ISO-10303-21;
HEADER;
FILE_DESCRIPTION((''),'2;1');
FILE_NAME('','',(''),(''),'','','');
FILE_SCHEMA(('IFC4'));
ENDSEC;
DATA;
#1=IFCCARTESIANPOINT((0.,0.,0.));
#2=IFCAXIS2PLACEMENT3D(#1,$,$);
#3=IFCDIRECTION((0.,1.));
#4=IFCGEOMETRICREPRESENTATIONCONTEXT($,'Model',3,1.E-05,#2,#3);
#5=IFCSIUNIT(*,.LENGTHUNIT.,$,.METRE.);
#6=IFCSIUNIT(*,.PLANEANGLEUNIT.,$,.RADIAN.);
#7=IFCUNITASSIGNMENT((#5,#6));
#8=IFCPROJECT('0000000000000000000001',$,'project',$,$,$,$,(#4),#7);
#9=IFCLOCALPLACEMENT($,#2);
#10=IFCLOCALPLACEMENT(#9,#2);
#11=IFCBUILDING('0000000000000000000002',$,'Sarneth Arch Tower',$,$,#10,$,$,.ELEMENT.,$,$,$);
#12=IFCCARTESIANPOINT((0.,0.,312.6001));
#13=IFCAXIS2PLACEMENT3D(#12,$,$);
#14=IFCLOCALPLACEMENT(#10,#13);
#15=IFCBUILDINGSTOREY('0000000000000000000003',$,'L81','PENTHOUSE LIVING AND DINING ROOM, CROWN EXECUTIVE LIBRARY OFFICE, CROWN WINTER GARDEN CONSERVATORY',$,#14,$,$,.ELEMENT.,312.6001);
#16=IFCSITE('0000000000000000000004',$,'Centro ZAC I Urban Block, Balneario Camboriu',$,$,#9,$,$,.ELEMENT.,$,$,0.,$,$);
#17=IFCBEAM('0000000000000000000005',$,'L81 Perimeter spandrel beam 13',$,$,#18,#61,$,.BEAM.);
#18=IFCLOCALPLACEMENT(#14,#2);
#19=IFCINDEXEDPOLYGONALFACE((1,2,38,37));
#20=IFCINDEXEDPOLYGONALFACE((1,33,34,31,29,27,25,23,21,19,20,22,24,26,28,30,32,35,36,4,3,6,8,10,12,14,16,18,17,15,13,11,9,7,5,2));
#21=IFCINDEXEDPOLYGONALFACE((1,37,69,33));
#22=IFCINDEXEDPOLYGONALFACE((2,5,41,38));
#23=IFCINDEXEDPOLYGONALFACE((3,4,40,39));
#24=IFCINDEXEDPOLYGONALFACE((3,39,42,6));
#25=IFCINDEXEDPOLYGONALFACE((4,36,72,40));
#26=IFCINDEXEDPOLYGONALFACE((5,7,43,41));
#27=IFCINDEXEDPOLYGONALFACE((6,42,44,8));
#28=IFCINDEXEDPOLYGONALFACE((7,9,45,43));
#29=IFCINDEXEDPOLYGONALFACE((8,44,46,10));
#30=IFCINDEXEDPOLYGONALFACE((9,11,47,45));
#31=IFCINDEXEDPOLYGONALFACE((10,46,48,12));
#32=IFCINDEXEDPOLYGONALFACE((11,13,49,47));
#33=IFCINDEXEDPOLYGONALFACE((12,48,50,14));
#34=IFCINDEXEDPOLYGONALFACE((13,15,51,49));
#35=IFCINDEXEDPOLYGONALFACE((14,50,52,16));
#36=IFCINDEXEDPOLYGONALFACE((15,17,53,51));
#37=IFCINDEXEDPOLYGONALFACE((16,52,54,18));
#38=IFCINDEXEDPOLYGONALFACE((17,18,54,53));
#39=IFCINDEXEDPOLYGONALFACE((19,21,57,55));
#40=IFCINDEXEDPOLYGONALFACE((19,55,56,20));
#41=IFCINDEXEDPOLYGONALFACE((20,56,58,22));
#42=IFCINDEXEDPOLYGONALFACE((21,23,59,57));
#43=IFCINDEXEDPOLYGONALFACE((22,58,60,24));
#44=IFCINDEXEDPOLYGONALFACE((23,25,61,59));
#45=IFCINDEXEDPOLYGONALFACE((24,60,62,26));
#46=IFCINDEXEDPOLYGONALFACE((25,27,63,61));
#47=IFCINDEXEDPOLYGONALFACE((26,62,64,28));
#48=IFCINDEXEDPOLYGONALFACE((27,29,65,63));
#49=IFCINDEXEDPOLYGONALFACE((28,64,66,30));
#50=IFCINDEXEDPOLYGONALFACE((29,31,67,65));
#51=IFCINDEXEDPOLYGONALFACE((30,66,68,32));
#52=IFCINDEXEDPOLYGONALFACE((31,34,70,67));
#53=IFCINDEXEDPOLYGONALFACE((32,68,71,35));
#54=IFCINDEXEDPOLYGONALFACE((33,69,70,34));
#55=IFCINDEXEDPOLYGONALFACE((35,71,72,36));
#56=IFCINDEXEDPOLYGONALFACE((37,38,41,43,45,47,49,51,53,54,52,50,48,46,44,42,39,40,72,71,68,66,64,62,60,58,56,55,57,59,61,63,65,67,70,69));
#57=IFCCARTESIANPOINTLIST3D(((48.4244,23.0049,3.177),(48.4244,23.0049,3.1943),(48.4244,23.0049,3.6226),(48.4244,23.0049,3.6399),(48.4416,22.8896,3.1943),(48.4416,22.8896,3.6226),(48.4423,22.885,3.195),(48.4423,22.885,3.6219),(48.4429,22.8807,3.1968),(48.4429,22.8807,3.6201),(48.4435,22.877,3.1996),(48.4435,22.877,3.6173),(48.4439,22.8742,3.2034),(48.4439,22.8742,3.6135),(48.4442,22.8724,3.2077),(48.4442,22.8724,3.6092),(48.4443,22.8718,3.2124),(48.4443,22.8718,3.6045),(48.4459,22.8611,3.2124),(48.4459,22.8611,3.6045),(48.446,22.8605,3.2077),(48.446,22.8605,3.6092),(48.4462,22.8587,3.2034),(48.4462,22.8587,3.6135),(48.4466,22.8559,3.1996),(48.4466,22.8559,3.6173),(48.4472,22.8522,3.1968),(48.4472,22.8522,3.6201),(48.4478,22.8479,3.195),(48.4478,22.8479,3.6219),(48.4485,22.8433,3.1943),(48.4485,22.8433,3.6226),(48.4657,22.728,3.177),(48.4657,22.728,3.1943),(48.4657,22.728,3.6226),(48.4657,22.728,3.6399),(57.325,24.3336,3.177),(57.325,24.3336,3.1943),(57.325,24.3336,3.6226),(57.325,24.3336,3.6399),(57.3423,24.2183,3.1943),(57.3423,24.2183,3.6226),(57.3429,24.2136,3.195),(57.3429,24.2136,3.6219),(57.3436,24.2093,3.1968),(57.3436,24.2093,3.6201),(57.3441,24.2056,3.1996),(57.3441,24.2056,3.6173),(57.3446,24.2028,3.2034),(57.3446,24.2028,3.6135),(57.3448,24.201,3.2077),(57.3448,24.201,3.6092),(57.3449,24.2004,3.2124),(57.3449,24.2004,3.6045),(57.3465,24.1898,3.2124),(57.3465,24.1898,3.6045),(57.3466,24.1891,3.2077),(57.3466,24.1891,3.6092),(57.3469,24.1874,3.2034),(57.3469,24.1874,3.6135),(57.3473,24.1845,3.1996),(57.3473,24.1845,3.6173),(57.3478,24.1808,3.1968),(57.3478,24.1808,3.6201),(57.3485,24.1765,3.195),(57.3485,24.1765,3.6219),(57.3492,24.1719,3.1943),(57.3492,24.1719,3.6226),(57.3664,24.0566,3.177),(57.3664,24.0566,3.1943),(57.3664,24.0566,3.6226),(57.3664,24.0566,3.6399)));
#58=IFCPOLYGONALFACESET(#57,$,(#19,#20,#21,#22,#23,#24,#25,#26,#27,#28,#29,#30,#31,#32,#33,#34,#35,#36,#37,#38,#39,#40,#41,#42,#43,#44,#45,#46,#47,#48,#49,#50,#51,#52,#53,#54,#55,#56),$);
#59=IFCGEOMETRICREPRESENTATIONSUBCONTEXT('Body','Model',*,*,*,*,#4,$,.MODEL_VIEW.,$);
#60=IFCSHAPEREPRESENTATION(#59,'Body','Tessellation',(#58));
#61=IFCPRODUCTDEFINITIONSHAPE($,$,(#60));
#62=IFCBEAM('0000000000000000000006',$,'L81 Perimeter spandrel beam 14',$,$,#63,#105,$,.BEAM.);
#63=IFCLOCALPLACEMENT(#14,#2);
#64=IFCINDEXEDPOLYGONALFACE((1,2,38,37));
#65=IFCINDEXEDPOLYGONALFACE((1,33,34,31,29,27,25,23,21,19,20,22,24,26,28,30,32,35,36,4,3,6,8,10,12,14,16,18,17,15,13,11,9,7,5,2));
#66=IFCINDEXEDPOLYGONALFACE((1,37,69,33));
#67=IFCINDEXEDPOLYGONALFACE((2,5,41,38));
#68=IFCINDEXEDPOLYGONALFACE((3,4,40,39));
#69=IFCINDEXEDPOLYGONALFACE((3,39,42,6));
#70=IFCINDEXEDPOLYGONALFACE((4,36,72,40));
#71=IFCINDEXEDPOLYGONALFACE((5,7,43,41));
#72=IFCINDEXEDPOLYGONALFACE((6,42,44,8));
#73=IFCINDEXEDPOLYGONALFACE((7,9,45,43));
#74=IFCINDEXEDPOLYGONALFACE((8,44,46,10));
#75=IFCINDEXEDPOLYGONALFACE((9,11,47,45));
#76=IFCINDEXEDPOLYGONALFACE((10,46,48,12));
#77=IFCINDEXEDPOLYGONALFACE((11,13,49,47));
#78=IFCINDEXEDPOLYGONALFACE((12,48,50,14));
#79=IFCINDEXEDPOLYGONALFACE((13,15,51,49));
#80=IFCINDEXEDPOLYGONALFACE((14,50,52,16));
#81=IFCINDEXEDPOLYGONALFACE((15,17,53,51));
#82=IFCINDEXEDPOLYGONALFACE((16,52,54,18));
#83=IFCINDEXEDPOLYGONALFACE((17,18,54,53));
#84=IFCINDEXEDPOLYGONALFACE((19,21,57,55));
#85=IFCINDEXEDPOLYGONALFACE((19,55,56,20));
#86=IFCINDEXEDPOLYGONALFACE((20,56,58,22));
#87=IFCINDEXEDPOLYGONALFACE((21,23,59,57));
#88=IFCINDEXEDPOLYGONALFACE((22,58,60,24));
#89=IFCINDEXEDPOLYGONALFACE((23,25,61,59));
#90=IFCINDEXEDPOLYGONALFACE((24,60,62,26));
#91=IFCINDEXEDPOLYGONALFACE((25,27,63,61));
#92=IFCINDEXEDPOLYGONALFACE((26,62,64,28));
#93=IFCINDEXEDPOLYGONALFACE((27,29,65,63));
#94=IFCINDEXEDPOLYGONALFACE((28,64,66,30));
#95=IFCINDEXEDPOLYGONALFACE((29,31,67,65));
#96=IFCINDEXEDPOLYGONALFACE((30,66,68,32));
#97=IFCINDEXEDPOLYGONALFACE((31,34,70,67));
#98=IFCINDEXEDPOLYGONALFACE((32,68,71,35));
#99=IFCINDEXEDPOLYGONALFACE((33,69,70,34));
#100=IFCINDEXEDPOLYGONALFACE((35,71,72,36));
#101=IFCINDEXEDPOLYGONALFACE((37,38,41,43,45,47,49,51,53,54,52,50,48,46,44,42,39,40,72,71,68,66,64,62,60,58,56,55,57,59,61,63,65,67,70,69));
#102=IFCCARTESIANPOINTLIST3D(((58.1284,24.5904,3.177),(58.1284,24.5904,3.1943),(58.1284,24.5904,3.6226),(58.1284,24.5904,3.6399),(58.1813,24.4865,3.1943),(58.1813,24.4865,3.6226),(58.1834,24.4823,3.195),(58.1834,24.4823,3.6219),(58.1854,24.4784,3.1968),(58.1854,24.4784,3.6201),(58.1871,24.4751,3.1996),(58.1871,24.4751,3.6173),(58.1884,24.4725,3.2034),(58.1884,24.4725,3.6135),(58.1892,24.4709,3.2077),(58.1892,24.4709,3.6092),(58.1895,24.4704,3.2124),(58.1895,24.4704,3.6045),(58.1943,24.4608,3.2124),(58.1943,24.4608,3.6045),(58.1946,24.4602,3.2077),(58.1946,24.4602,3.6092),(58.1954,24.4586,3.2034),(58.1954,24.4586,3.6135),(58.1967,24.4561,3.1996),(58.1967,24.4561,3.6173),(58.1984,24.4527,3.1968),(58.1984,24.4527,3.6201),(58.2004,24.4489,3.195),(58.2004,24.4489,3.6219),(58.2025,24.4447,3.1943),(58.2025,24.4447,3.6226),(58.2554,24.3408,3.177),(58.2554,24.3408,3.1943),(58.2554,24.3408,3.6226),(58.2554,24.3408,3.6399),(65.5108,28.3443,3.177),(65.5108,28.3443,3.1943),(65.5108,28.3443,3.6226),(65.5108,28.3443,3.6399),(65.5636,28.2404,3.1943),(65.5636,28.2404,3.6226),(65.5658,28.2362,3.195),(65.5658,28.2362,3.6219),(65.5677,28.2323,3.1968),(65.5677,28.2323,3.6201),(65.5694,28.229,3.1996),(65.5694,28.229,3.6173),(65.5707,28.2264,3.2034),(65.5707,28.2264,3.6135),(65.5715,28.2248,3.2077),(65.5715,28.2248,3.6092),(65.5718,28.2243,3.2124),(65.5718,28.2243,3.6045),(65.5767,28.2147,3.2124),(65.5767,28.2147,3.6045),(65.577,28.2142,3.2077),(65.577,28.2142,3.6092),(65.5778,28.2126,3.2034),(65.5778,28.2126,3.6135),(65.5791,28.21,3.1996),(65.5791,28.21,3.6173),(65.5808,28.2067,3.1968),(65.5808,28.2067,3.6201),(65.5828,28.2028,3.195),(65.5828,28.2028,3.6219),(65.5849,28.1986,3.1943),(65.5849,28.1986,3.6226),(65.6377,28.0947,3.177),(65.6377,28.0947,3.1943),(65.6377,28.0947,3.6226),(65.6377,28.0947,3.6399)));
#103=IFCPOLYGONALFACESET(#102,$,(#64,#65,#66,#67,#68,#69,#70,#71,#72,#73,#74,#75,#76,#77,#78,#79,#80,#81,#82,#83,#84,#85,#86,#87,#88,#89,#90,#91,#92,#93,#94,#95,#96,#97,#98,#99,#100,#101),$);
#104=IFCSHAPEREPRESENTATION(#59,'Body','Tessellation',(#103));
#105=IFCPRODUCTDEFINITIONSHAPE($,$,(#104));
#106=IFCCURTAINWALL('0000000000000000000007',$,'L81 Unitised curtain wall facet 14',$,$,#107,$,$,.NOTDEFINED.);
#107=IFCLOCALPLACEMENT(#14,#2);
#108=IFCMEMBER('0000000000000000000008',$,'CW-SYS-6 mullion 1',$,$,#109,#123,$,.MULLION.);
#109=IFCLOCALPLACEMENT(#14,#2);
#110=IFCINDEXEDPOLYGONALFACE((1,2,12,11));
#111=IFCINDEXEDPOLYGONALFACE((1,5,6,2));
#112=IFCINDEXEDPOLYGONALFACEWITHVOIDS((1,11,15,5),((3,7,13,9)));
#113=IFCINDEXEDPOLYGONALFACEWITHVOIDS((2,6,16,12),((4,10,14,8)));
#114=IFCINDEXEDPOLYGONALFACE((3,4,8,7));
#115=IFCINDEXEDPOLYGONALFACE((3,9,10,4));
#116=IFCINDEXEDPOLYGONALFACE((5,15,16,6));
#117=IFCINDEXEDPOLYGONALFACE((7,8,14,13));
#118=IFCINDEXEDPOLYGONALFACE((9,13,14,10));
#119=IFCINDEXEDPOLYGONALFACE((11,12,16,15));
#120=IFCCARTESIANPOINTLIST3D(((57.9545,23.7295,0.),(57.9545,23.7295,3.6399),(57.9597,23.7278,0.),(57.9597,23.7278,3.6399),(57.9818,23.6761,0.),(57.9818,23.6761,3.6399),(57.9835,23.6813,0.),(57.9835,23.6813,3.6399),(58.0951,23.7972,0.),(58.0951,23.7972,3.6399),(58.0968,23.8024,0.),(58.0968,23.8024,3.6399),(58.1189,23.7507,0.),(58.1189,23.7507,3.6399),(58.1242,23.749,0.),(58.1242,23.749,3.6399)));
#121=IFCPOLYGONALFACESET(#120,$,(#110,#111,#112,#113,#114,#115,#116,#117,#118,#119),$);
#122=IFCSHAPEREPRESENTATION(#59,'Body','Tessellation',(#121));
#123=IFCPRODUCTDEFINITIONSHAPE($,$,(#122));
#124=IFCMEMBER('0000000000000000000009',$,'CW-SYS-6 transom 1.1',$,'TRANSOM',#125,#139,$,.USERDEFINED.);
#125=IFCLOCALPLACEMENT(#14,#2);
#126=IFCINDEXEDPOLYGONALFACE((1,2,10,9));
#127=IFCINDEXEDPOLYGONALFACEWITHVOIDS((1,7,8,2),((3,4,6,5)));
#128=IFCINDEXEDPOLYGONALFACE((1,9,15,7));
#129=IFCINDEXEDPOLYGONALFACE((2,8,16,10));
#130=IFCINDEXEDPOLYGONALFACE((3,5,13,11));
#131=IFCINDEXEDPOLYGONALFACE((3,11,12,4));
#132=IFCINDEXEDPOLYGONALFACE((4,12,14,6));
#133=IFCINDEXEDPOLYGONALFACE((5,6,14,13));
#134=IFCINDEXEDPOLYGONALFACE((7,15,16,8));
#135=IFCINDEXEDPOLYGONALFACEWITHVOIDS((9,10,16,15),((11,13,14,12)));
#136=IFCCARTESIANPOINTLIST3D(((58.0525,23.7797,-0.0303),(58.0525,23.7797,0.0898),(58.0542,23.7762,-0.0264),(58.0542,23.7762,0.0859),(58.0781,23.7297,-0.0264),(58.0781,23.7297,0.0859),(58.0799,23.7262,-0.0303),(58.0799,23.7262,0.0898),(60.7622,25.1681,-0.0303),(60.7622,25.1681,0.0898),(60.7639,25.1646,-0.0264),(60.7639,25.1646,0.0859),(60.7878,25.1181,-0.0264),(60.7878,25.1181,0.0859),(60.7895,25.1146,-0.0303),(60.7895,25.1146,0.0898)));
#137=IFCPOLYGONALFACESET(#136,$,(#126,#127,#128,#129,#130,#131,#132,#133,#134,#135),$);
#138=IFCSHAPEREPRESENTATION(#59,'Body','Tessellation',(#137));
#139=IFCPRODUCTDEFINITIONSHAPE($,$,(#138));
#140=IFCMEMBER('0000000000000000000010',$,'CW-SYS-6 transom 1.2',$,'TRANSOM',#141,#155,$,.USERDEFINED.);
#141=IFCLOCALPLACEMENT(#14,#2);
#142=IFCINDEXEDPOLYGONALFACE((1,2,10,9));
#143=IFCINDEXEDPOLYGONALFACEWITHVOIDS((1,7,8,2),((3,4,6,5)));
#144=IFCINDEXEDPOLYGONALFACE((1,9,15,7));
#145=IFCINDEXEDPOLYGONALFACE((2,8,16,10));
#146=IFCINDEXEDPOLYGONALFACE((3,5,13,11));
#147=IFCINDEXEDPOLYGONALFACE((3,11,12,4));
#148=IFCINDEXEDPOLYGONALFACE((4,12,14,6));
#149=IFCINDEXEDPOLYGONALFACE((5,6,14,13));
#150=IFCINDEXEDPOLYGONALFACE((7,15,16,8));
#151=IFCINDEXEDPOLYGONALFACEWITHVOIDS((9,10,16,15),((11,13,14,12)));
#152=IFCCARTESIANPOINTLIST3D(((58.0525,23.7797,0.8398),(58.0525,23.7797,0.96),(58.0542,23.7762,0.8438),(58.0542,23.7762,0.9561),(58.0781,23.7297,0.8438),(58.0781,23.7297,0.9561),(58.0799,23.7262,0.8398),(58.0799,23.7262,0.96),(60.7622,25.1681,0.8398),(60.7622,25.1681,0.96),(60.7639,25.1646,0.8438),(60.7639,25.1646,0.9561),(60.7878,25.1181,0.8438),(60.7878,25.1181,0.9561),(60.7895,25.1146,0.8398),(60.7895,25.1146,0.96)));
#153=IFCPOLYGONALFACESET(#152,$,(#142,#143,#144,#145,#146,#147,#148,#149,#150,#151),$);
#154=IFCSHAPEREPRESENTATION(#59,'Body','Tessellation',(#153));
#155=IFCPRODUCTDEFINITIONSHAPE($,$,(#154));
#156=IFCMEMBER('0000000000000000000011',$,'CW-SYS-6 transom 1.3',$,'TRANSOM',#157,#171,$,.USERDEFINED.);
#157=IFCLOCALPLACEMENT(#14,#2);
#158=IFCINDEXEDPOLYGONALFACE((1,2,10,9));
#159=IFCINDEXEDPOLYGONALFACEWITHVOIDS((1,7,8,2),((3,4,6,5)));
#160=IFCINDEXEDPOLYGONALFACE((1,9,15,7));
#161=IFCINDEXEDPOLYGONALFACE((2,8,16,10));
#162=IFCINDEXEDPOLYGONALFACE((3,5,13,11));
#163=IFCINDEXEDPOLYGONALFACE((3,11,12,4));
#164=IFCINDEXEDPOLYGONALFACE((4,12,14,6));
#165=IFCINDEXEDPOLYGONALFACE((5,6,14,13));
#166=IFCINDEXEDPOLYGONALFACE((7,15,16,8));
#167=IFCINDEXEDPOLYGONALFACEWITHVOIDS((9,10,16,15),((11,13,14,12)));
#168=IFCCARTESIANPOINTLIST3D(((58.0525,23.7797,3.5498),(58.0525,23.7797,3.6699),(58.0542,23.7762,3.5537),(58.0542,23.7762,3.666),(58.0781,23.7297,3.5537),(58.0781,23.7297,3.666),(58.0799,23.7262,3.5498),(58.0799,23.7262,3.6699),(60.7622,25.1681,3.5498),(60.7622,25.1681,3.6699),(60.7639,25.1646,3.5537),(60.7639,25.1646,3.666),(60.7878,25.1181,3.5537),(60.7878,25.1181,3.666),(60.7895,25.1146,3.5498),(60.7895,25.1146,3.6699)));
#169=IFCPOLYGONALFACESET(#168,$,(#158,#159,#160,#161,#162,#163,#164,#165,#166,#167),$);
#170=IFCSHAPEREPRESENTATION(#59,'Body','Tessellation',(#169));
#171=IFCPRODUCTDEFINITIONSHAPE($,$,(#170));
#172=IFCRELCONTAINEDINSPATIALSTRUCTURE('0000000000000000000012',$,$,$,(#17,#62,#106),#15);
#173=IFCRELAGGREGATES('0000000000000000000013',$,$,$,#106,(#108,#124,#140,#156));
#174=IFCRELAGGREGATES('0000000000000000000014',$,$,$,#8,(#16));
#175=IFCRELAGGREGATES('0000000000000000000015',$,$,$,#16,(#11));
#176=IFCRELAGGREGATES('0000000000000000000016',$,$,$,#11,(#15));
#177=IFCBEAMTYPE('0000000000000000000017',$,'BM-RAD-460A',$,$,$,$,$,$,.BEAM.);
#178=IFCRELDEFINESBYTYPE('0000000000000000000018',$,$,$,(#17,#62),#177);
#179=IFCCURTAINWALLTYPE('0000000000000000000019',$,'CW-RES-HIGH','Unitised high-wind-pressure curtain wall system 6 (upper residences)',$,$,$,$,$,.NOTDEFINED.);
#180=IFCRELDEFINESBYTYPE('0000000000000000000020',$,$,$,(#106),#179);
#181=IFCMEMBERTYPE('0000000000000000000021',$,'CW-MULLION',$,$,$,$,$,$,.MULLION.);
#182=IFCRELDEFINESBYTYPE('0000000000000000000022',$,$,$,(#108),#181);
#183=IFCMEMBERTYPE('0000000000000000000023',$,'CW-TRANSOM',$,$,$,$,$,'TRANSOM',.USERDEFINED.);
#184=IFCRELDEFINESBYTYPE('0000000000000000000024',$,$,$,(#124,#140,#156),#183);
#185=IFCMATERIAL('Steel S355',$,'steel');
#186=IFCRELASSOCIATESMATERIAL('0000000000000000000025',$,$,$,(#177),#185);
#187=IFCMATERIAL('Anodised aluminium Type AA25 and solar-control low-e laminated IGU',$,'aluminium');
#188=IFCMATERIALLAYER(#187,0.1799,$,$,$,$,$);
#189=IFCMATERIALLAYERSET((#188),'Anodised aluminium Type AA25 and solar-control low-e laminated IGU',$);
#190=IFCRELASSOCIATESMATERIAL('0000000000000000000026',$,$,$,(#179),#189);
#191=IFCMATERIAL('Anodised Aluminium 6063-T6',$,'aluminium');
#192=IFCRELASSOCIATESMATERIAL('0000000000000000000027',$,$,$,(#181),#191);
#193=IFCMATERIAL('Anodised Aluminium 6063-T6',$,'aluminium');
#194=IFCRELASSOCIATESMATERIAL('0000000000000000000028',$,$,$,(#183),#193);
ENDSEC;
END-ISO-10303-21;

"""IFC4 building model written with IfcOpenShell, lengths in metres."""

from ifc_helpers import new_model, si_unit, direction, frame, origin, origin_2d, place, context, subcontext, project, spatial, hollow_rectangle, i_section, extrude, material, layer, layer_set, material_profile, profile_set, type_object, element, aggregate, save


model = new_model("IFC4")

# Units and contexts
model_context = context("Model", 3, precision=1e-05, world=origin(), true_north=direction((0.0, 1.0)))
body_context = subcontext(model_context, "Body", "Model", "MODEL_VIEW")
ifc_project = project(units=[si_unit("LENGTHUNIT", "METRE"), si_unit("PLANEANGLEUNIT", "RADIAN")], contexts=[model_context])

# Site, building, storey
site_placement = place(None, origin())
site = spatial("IfcSite", under=ifc_project, at=site_placement, Name="Centro ZAC I Urban Block, Balneario Camboriu", CompositionType="ELEMENT", RefElevation=0.0)
building_placement = place(site_placement, origin())
building = spatial("IfcBuilding", under=site, at=building_placement, Name="Sarneth Arch Tower", CompositionType="ELEMENT")
storey_placement = place(building_placement, frame((0.0, 0.0, 312.6001)))
storey = spatial("IfcBuildingStorey", under=building, at=storey_placement, Name="L81", Description="PENTHOUSE LIVING AND DINING ROOM, CROWN EXECUTIVE LIBRARY OFFICE, CROWN WINTER GARDEN CONSERVATORY", CompositionType="ELEMENT", Elevation=312.6001)

# Beams
ifc_material_1 = material(Name="Steel S355", Category="steel")
ifc_material_profile_1 = material_profile(ifc_material_1, i_section(OverallWidth=0.28, OverallDepth=0.4629, WebThickness=0.0107, FlangeThickness=0.0173, FilletRadius=0.0181, at=origin_2d()), Name="W460x113")
ifc_profile_set_1 = profile_set([ifc_material_profile_1], Name="Steel S355")
beam_type = type_object("IfcBeamType", Name="BM-RAD-460A", PredefinedType="BEAM", material=ifc_profile_set_1)
beam_1_placement = place(storey_placement, frame((48.4451, 22.8665, 3.4084), z_axis=(0.989042, 0.147636, 0.0), x_axis=(-0.147636, 0.989042, 0.0)))
element("IfcBeam", 1, at=beam_1_placement, inside=storey, type_object=beam_type, Name="L81 Perimeter spandrel beam 13", PredefinedType="BEAM", context=body_context, shape_type="SweptSolid", body=[
    extrude(i_section(OverallWidth=0.28, OverallDepth=0.4629, WebThickness=0.0107, FlangeThickness=0.0173, FilletRadius=0.0181, at=origin_2d()), origin(), (0.0, 0.0, 1.0), 8.9993),
])
beam_2_placement = place(storey_placement, frame((58.1919, 24.4656, 3.4084), z_axis=(0.891376, 0.453264, 0.0), x_axis=(-0.453264, 0.891376, 0.0)))
element("IfcBeam", 2, at=beam_2_placement, inside=storey, type_object=beam_type, Name="L81 Perimeter spandrel beam 14", PredefinedType="BEAM", context=body_context, shape_type="SweptSolid", body=[
    extrude(i_section(OverallWidth=0.28, OverallDepth=0.4629, WebThickness=0.0107, FlangeThickness=0.0173, FilletRadius=0.0181, at=origin_2d()), origin(), (0.0, 0.0, 1.0), 8.282),
])

# Curtain wall, members
ifc_material_2 = material(Name="Anodised aluminium Type AA25 and solar-control low-e laminated IGU", Category="aluminium")
ifc_layer_1 = layer(ifc_material_2, 0.1799)
ifc_layer_set_1 = layer_set([ifc_layer_1], Name="Anodised aluminium Type AA25 and solar-control low-e laminated IGU")
curtain_wall_type = type_object("IfcCurtainWallType", Name="CW-RES-HIGH", Description="Unitised high-wind-pressure curtain wall system 6 (upper residences)", PredefinedType="NOTDEFINED", material=ifc_layer_set_1)
curtain_wall_placement = place(storey_placement, origin())
curtain_wall = element("IfcCurtainWall", 3, at=curtain_wall_placement, inside=storey, type_object=curtain_wall_type, Name="L81 Unitised curtain wall facet 14", PredefinedType="NOTDEFINED")
ifc_material_3 = material(Name="Anodised Aluminium 6063-T6", Category="aluminium")
ifc_material_profile_2 = material_profile(ifc_material_3, hollow_rectangle(XDim=0.0601, YDim=0.1599, WallThickness=0.0039, at=origin_2d()), Name="AL-MULL-160x60x4")
ifc_profile_set_2 = profile_set([ifc_material_profile_2], Name="Anodised Aluminium 6063-T6")
member_type_1 = type_object("IfcMemberType", Name="CW-MULLION", PredefinedType="MULLION", material=ifc_profile_set_2)
member_1_placement = place(storey_placement, frame((58.0393, 23.7393, 0.0), z_axis=(0.0, 0.0, 1.0), x_axis=(-0.455942, 0.89001, 0.0)))
member_1 = element("IfcMember", 4, at=member_1_placement, type_object=member_type_1, Name="CW-SYS-6 mullion 1", PredefinedType="MULLION", context=body_context, shape_type="SweptSolid", body=[
    extrude(hollow_rectangle(XDim=0.0601, YDim=0.1599, WallThickness=0.0039, at=origin_2d()), origin(), (0.0, 0.0, 1.0), 3.6399),
])
ifc_material_4 = material(Name="Anodised Aluminium 6063-T6", Category="aluminium")
ifc_material_profile_3 = material_profile(ifc_material_4, hollow_rectangle(XDim=0.0601, YDim=0.1201, WallThickness=0.0039, at=origin_2d()), Name="AL-TRAN-120x60x4")
ifc_profile_set_3 = profile_set([ifc_material_profile_3], Name="Anodised Aluminium 6063-T6")
member_type_2 = type_object("IfcMemberType", Name="CW-TRANSOM", ElementType="TRANSOM", PredefinedType="USERDEFINED", material=ifc_profile_set_3)
member_2_placement = place(storey_placement, frame((58.0662, 23.7529, 0.0298), z_axis=(0.889974, 0.456012, 0.0), x_axis=(-0.456012, 0.889974, 0.0)))
member_2 = element("IfcMember", 5, at=member_2_placement, type_object=member_type_2, Name="CW-SYS-6 transom 1.1", ObjectType="TRANSOM", PredefinedType="USERDEFINED", context=body_context, shape_type="SweptSolid", body=[
    extrude(hollow_rectangle(XDim=0.0601, YDim=0.1201, WallThickness=0.0039, at=origin_2d()), origin(), (0.0, 0.0, 1.0), 3.0447),
])
member_3_placement = place(storey_placement, frame((58.0662, 23.7529, 0.8999), z_axis=(0.889974, 0.456012, 0.0), x_axis=(-0.456012, 0.889974, 0.0)))
member_3 = element("IfcMember", 6, at=member_3_placement, type_object=member_type_2, Name="CW-SYS-6 transom 1.2", ObjectType="TRANSOM", PredefinedType="USERDEFINED", context=body_context, shape_type="SweptSolid", body=[
    extrude(hollow_rectangle(XDim=0.0601, YDim=0.1201, WallThickness=0.0039, at=origin_2d()), origin(), (0.0, 0.0, 1.0), 3.0447),
])
member_4_placement = place(storey_placement, frame((58.0662, 23.7529, 3.6099), z_axis=(0.889974, 0.456012, 0.0), x_axis=(-0.456012, 0.889974, 0.0)))
member_4 = element("IfcMember", 7, at=member_4_placement, type_object=member_type_2, Name="CW-SYS-6 transom 1.3", ObjectType="TRANSOM", PredefinedType="USERDEFINED", context=body_context, shape_type="SweptSolid", body=[
    extrude(hollow_rectangle(XDim=0.0601, YDim=0.1201, WallThickness=0.0039, at=origin_2d()), origin(), (0.0, 0.0, 1.0), 3.0447),
])

aggregate(curtain_wall, [member_1, member_2, member_3, member_4])

save(model, "model.ifc")
